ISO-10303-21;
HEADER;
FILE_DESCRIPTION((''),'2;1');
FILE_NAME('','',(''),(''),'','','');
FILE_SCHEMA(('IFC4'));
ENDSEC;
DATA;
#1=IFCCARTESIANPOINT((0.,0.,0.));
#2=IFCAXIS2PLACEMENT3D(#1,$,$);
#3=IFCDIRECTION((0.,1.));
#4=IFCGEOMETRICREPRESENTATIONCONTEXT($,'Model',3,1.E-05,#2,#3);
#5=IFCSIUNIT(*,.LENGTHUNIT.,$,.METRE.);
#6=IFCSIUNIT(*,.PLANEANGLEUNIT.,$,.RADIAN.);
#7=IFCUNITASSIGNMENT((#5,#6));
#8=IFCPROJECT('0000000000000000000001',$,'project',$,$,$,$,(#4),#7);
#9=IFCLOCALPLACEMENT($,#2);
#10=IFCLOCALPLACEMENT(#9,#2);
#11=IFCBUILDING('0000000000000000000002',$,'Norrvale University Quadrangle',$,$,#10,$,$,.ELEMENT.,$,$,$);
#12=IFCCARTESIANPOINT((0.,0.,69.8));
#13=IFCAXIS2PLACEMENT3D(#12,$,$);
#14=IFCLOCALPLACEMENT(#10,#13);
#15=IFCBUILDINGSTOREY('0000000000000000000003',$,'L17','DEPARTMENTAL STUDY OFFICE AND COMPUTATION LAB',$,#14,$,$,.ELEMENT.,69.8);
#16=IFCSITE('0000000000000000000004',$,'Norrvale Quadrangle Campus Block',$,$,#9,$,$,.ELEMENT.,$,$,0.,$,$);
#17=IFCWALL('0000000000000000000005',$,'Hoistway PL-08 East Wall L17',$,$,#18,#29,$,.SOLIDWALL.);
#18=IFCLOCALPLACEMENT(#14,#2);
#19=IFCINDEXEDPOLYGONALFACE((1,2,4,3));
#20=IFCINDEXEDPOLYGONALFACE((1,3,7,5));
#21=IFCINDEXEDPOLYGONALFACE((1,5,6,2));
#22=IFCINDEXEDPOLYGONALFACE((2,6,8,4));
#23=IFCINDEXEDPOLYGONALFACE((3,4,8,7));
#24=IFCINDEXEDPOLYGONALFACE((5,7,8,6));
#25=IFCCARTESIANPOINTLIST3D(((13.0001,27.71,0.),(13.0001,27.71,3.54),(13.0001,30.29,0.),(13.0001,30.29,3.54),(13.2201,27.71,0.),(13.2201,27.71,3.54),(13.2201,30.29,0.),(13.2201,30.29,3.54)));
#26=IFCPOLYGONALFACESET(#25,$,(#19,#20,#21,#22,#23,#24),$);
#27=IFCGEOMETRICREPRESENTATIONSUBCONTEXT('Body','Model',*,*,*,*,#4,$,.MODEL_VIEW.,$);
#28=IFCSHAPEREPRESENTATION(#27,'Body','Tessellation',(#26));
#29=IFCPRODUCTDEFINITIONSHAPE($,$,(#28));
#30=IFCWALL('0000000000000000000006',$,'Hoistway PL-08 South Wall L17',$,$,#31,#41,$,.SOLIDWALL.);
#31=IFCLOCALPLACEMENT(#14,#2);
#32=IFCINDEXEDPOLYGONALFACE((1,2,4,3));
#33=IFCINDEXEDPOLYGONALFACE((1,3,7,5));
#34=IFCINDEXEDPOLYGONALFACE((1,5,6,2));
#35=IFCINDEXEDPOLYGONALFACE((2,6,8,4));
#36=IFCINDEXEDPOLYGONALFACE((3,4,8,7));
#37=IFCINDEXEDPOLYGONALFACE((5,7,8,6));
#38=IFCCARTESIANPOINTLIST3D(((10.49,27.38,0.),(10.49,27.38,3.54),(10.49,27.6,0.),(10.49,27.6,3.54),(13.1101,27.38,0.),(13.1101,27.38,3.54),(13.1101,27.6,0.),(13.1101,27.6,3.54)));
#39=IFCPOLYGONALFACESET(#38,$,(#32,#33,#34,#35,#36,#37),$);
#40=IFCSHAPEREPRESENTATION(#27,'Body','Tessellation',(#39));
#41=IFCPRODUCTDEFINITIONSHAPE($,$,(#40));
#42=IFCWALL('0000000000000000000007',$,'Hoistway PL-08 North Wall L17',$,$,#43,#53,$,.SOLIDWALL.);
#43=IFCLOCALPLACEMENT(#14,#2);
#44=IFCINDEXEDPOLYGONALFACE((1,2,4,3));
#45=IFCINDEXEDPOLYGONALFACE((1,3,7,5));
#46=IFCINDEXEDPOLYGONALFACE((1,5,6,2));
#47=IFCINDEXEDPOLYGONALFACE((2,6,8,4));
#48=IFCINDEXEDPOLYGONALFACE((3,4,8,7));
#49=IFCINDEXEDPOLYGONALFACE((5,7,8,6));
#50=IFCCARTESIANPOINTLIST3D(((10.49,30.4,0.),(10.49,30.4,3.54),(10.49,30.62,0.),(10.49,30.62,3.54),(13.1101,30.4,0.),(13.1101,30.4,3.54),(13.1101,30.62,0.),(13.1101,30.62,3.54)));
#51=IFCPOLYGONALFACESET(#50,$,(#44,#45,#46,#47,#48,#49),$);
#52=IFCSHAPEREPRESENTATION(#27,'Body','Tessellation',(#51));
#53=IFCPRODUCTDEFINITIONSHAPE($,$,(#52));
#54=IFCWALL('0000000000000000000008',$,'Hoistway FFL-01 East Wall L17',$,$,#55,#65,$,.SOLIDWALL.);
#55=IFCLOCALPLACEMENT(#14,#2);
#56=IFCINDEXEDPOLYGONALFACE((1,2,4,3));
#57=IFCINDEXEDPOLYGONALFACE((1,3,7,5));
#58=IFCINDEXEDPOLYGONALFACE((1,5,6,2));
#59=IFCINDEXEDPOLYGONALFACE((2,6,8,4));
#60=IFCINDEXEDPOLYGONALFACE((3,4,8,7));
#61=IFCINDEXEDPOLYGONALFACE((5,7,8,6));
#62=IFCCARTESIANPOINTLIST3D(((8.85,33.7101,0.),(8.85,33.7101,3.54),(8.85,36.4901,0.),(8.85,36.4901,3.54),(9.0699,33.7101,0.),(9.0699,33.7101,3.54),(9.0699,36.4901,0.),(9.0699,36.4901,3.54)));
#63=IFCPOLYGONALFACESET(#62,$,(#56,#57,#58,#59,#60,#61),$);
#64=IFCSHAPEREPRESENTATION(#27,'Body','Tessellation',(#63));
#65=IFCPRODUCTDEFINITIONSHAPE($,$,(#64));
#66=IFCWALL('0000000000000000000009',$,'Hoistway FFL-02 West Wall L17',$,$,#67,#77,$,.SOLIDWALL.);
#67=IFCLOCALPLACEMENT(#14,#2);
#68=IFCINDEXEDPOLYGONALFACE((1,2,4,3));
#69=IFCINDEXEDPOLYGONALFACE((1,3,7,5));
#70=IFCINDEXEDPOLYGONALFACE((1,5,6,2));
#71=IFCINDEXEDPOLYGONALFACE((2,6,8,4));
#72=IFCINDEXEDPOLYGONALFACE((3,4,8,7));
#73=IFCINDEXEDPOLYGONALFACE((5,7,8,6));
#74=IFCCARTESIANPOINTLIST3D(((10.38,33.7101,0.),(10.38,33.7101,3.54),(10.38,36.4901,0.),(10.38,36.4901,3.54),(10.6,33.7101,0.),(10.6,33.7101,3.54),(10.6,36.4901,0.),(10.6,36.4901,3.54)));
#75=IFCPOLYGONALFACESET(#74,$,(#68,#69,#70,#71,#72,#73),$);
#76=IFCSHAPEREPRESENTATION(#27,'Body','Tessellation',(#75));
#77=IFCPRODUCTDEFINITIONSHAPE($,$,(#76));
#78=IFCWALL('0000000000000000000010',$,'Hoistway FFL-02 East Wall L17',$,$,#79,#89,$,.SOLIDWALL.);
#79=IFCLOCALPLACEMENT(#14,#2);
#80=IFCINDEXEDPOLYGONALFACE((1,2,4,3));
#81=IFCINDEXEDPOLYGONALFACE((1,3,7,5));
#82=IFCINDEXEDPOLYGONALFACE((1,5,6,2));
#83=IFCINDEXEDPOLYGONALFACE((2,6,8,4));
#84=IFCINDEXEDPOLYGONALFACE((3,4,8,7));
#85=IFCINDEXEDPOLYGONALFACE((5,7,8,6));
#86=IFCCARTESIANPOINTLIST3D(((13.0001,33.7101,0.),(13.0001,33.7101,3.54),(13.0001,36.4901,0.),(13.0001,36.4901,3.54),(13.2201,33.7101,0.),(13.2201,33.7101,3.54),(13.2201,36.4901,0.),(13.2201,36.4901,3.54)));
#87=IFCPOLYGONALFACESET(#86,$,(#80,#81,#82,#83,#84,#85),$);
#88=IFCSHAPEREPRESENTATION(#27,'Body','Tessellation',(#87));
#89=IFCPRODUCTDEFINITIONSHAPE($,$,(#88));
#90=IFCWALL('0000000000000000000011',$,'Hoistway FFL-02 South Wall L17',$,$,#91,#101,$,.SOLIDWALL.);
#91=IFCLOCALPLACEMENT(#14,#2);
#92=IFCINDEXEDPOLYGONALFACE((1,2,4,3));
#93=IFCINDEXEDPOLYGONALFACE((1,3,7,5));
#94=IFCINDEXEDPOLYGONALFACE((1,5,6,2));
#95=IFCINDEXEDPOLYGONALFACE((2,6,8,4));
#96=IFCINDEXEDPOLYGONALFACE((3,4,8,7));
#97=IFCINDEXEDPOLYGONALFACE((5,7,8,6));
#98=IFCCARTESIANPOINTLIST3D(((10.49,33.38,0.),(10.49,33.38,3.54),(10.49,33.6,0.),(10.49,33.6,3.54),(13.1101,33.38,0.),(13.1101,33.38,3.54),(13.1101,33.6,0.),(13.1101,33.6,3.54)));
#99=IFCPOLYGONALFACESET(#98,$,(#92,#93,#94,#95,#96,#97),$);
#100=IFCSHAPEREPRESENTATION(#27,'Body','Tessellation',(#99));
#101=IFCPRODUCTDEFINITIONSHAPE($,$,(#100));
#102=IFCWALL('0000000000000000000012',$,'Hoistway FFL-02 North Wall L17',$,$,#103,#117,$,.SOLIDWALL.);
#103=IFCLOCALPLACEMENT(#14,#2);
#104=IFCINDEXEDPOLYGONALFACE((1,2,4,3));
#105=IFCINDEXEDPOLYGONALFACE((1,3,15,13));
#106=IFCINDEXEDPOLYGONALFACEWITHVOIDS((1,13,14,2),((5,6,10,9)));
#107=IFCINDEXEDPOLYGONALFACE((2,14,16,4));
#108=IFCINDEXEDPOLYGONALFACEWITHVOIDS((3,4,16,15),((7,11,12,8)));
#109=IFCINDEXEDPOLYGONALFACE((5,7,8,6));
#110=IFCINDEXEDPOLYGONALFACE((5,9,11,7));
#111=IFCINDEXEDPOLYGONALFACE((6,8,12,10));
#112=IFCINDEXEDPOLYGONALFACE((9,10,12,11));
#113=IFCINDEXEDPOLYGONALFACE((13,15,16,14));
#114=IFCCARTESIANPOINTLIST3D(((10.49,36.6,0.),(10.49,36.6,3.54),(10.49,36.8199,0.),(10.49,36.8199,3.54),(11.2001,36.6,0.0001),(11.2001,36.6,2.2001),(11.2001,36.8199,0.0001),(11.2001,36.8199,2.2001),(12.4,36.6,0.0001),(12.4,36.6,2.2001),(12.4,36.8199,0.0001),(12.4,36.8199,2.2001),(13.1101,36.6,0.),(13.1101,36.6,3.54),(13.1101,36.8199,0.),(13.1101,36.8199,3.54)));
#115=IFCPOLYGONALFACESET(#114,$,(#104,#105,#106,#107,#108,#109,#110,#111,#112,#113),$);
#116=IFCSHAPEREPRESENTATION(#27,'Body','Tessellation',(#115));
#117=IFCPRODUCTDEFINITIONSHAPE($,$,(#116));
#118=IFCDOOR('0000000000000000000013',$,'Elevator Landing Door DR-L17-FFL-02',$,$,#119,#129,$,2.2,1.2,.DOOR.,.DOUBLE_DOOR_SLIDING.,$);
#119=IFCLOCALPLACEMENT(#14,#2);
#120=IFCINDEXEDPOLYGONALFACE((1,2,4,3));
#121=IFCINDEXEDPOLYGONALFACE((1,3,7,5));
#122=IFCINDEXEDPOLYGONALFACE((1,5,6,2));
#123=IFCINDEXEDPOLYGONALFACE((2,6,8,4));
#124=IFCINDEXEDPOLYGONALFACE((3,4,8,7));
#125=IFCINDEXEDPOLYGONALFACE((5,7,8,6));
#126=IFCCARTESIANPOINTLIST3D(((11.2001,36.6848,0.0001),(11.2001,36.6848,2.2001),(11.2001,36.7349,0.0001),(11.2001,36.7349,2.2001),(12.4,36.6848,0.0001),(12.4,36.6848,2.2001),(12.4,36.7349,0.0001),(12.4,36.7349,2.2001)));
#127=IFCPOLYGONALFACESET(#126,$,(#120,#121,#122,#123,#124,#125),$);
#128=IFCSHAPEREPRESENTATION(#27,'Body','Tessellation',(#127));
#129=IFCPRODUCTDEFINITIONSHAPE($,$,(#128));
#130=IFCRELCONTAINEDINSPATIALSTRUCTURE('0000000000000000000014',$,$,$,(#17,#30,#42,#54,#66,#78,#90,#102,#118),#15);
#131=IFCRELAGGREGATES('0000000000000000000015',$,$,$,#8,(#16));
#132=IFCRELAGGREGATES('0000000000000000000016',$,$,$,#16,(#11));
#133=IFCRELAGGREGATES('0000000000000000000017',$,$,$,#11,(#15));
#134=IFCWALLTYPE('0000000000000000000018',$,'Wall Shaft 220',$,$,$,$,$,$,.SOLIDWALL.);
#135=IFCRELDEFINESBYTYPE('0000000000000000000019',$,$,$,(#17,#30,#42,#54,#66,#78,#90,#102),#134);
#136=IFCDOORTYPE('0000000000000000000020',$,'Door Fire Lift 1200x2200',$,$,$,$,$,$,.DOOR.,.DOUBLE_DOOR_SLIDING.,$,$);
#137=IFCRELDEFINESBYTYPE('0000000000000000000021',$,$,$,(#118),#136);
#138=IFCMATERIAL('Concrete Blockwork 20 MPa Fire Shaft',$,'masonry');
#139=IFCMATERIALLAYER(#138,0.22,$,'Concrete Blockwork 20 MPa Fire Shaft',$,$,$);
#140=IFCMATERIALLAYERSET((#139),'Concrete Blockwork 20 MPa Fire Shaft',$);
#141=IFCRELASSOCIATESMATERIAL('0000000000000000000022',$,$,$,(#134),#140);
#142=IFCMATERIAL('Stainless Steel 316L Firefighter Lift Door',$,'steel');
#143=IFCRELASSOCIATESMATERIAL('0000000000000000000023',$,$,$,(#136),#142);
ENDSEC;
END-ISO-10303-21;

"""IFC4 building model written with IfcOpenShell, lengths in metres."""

from ifc_helpers import new_model, si_unit, direction, frame, frame_2d, origin, place, context, subcontext, project, spatial, rectangle, extrude, material, layer, layer_set, type_object, element, fill, save


model = new_model("IFC4")

# Units and contexts
model_context = context("Model", 3, precision=1e-05, world=origin(), true_north=direction((0.0, 1.0)))
body_context = subcontext(model_context, "Body", "Model", "MODEL_VIEW")
ifc_project = project(units=[si_unit("LENGTHUNIT", "METRE"), si_unit("PLANEANGLEUNIT", "RADIAN")], contexts=[model_context])

# Site, building, storey
site_placement = place(None, origin())
site = spatial("IfcSite", under=ifc_project, at=site_placement, Name="Norrvale Quadrangle Campus Block", CompositionType="ELEMENT", RefElevation=0.0)
building_placement = place(site_placement, origin())
building = spatial("IfcBuilding", under=site, at=building_placement, Name="Norrvale University Quadrangle", CompositionType="ELEMENT")
storey_placement = place(building_placement, frame((0.0, 0.0, 69.8)))
storey = spatial("IfcBuildingStorey", under=building, at=storey_placement, Name="L17", Description="DEPARTMENTAL STUDY OFFICE AND COMPUTATION LAB", CompositionType="ELEMENT", Elevation=69.8)

# Shared definitions
ifc_material_1 = material(Name="Concrete Blockwork 20 MPa Fire Shaft", Category="masonry")
ifc_layer_1 = layer(ifc_material_1, 0.22, Name="Concrete Blockwork 20 MPa Fire Shaft")
ifc_layer_set_1 = layer_set([ifc_layer_1], Name="Concrete Blockwork 20 MPa Fire Shaft")
wall_type_1 = type_object("IfcWallType", Name="Wall Shaft 220", PredefinedType="SOLIDWALL", material=ifc_layer_set_1)

# Walls
for number, where, z_axis, x_axis, name in (
    (1, (13.1101, 27.71, 0.0), (0.0, 0.0, 1.0), (0.0, 1.0, 0.0), "Hoistway PL-08 East Wall L17"),
):
    element("IfcWall", number, at=place(storey_placement, frame(where, z_axis=z_axis, x_axis=x_axis)), inside=storey, type_object=wall_type_1, Name=name, PredefinedType="SOLIDWALL", context=body_context, shape_type="SweptSolid", body=[
        extrude(rectangle(XDim=2.5801, YDim=0.22, at=frame_2d((1.29, 0.0))), origin(), (0.0, 0.0, 1.0), 3.54),
    ])
for number, where, z_axis, x_axis, name in (
    (2, (10.49, 27.49, 0.0), (0.0, 0.0, 1.0), (1.0, 0.0, 0.0), "Hoistway PL-08 South Wall L17"),
    (3, (10.49, 30.51, 0.0), (0.0, 0.0, 1.0), (1.0, 0.0, 0.0), "Hoistway PL-08 North Wall L17"),
):
    element("IfcWall", number, at=place(storey_placement, frame(where, z_axis=z_axis, x_axis=x_axis)), inside=storey, type_object=wall_type_1, Name=name, PredefinedType="SOLIDWALL", context=body_context, shape_type="SweptSolid", body=[
        extrude(rectangle(XDim=2.6201, YDim=0.22, at=frame_2d((1.3101, 0.0))), origin(), (0.0, 0.0, 1.0), 3.54),
    ])
for number, where, z_axis, x_axis, name in (
    (4, (8.96, 33.71, 0.0), (0.0, 0.0, 1.0), (0.0, 1.0, 0.0), "Hoistway FFL-01 East Wall L17"),
    (5, (10.49, 33.71, 0.0), (0.0, 0.0, 1.0), (0.0, 1.0, 0.0), "Hoistway FFL-02 West Wall L17"),
    (6, (13.1101, 33.71, 0.0), (0.0, 0.0, 1.0), (0.0, 1.0, 0.0), "Hoistway FFL-02 East Wall L17"),
):
    element("IfcWall", number, at=place(storey_placement, frame(where, z_axis=z_axis, x_axis=x_axis)), inside=storey, type_object=wall_type_1, Name=name, PredefinedType="SOLIDWALL", context=body_context, shape_type="SweptSolid", body=[
        extrude(rectangle(XDim=2.78, YDim=0.22, at=frame_2d((1.3901, 0.0))), origin(), (0.0, 0.0, 1.0), 3.54),
    ])
wall_1_placement = place(storey_placement, frame((10.49, 33.49, 0.0), z_axis=(0.0, 0.0, 1.0), x_axis=(1.0, 0.0, 0.0)))
element("IfcWall", 7, at=wall_1_placement, inside=storey, type_object=wall_type_1, Name="Hoistway FFL-02 South Wall L17", PredefinedType="SOLIDWALL", context=body_context, shape_type="SweptSolid", body=[
    extrude(rectangle(XDim=2.6201, YDim=0.22, at=frame_2d((1.3101, 0.0))), origin(), (0.0, 0.0, 1.0), 3.54),
])

# Wall, opening, door
wall_2_placement = place(storey_placement, frame((10.49, 36.71, 0.0), z_axis=(0.0, 0.0, 1.0), x_axis=(1.0, 0.0, 0.0)))
wall_2 = element("IfcWall", 8, at=wall_2_placement, inside=storey, type_object=wall_type_1, Name="Hoistway FFL-02 North Wall L17", PredefinedType="SOLIDWALL", context=body_context, shape_type="SweptSolid", body=[
    extrude(rectangle(XDim=2.6201, YDim=0.22, at=frame_2d((1.3101, 0.0))), origin(), (0.0, 0.0, 1.0), 3.54),
])
opening_1_placement = place(wall_2_placement, frame((0.71, 0.0, 0.0)))
opening_1 = element("IfcOpeningElement", 9, at=opening_1_placement, cuts=wall_2, PredefinedType="OPENING", context=body_context, shape_type="SweptSolid", body=[
    extrude(rectangle(XDim=1.2, YDim=2.2, at=frame_2d((0.6001, 1.1001))), frame((0.0, 0.1221, 0.0), z_axis=(0.0, -1.0, 0.0), x_axis=(1.0, 0.0, 0.0)), (0.0, 0.0, 1.0), 0.2439),
])
ifc_material_2 = material(Name="Stainless Steel 316L Firefighter Lift Door", Category="steel")
door_type_1 = type_object("IfcDoorType", Name="Door Fire Lift 1200x2200", OperationType="DOUBLE_DOOR_SLIDING", PredefinedType="DOOR", material=ifc_material_2)
door_1_placement = place(opening_1_placement, origin())
door_1 = element("IfcDoor", 10, at=door_1_placement, inside=storey, type_object=door_type_1, Name="Elevator Landing Door DR-L17-FFL-02", OperationType="DOUBLE_DOOR_SLIDING", OverallHeight=2.2, OverallWidth=1.2, PredefinedType="DOOR", context=body_context, shape_type="SweptSolid", body=[
    extrude(rectangle(XDim=1.2, YDim=2.2, at=frame_2d((0.6001, 1.1001))), frame((0.0, 0.0249, 0.0), z_axis=(0.0, -1.0, 0.0), x_axis=(1.0, 0.0, 0.0)), (0.0, 0.0, 1.0), 0.05),
])
fill(opening_1, door_1)

save(model, "model.ifc")
